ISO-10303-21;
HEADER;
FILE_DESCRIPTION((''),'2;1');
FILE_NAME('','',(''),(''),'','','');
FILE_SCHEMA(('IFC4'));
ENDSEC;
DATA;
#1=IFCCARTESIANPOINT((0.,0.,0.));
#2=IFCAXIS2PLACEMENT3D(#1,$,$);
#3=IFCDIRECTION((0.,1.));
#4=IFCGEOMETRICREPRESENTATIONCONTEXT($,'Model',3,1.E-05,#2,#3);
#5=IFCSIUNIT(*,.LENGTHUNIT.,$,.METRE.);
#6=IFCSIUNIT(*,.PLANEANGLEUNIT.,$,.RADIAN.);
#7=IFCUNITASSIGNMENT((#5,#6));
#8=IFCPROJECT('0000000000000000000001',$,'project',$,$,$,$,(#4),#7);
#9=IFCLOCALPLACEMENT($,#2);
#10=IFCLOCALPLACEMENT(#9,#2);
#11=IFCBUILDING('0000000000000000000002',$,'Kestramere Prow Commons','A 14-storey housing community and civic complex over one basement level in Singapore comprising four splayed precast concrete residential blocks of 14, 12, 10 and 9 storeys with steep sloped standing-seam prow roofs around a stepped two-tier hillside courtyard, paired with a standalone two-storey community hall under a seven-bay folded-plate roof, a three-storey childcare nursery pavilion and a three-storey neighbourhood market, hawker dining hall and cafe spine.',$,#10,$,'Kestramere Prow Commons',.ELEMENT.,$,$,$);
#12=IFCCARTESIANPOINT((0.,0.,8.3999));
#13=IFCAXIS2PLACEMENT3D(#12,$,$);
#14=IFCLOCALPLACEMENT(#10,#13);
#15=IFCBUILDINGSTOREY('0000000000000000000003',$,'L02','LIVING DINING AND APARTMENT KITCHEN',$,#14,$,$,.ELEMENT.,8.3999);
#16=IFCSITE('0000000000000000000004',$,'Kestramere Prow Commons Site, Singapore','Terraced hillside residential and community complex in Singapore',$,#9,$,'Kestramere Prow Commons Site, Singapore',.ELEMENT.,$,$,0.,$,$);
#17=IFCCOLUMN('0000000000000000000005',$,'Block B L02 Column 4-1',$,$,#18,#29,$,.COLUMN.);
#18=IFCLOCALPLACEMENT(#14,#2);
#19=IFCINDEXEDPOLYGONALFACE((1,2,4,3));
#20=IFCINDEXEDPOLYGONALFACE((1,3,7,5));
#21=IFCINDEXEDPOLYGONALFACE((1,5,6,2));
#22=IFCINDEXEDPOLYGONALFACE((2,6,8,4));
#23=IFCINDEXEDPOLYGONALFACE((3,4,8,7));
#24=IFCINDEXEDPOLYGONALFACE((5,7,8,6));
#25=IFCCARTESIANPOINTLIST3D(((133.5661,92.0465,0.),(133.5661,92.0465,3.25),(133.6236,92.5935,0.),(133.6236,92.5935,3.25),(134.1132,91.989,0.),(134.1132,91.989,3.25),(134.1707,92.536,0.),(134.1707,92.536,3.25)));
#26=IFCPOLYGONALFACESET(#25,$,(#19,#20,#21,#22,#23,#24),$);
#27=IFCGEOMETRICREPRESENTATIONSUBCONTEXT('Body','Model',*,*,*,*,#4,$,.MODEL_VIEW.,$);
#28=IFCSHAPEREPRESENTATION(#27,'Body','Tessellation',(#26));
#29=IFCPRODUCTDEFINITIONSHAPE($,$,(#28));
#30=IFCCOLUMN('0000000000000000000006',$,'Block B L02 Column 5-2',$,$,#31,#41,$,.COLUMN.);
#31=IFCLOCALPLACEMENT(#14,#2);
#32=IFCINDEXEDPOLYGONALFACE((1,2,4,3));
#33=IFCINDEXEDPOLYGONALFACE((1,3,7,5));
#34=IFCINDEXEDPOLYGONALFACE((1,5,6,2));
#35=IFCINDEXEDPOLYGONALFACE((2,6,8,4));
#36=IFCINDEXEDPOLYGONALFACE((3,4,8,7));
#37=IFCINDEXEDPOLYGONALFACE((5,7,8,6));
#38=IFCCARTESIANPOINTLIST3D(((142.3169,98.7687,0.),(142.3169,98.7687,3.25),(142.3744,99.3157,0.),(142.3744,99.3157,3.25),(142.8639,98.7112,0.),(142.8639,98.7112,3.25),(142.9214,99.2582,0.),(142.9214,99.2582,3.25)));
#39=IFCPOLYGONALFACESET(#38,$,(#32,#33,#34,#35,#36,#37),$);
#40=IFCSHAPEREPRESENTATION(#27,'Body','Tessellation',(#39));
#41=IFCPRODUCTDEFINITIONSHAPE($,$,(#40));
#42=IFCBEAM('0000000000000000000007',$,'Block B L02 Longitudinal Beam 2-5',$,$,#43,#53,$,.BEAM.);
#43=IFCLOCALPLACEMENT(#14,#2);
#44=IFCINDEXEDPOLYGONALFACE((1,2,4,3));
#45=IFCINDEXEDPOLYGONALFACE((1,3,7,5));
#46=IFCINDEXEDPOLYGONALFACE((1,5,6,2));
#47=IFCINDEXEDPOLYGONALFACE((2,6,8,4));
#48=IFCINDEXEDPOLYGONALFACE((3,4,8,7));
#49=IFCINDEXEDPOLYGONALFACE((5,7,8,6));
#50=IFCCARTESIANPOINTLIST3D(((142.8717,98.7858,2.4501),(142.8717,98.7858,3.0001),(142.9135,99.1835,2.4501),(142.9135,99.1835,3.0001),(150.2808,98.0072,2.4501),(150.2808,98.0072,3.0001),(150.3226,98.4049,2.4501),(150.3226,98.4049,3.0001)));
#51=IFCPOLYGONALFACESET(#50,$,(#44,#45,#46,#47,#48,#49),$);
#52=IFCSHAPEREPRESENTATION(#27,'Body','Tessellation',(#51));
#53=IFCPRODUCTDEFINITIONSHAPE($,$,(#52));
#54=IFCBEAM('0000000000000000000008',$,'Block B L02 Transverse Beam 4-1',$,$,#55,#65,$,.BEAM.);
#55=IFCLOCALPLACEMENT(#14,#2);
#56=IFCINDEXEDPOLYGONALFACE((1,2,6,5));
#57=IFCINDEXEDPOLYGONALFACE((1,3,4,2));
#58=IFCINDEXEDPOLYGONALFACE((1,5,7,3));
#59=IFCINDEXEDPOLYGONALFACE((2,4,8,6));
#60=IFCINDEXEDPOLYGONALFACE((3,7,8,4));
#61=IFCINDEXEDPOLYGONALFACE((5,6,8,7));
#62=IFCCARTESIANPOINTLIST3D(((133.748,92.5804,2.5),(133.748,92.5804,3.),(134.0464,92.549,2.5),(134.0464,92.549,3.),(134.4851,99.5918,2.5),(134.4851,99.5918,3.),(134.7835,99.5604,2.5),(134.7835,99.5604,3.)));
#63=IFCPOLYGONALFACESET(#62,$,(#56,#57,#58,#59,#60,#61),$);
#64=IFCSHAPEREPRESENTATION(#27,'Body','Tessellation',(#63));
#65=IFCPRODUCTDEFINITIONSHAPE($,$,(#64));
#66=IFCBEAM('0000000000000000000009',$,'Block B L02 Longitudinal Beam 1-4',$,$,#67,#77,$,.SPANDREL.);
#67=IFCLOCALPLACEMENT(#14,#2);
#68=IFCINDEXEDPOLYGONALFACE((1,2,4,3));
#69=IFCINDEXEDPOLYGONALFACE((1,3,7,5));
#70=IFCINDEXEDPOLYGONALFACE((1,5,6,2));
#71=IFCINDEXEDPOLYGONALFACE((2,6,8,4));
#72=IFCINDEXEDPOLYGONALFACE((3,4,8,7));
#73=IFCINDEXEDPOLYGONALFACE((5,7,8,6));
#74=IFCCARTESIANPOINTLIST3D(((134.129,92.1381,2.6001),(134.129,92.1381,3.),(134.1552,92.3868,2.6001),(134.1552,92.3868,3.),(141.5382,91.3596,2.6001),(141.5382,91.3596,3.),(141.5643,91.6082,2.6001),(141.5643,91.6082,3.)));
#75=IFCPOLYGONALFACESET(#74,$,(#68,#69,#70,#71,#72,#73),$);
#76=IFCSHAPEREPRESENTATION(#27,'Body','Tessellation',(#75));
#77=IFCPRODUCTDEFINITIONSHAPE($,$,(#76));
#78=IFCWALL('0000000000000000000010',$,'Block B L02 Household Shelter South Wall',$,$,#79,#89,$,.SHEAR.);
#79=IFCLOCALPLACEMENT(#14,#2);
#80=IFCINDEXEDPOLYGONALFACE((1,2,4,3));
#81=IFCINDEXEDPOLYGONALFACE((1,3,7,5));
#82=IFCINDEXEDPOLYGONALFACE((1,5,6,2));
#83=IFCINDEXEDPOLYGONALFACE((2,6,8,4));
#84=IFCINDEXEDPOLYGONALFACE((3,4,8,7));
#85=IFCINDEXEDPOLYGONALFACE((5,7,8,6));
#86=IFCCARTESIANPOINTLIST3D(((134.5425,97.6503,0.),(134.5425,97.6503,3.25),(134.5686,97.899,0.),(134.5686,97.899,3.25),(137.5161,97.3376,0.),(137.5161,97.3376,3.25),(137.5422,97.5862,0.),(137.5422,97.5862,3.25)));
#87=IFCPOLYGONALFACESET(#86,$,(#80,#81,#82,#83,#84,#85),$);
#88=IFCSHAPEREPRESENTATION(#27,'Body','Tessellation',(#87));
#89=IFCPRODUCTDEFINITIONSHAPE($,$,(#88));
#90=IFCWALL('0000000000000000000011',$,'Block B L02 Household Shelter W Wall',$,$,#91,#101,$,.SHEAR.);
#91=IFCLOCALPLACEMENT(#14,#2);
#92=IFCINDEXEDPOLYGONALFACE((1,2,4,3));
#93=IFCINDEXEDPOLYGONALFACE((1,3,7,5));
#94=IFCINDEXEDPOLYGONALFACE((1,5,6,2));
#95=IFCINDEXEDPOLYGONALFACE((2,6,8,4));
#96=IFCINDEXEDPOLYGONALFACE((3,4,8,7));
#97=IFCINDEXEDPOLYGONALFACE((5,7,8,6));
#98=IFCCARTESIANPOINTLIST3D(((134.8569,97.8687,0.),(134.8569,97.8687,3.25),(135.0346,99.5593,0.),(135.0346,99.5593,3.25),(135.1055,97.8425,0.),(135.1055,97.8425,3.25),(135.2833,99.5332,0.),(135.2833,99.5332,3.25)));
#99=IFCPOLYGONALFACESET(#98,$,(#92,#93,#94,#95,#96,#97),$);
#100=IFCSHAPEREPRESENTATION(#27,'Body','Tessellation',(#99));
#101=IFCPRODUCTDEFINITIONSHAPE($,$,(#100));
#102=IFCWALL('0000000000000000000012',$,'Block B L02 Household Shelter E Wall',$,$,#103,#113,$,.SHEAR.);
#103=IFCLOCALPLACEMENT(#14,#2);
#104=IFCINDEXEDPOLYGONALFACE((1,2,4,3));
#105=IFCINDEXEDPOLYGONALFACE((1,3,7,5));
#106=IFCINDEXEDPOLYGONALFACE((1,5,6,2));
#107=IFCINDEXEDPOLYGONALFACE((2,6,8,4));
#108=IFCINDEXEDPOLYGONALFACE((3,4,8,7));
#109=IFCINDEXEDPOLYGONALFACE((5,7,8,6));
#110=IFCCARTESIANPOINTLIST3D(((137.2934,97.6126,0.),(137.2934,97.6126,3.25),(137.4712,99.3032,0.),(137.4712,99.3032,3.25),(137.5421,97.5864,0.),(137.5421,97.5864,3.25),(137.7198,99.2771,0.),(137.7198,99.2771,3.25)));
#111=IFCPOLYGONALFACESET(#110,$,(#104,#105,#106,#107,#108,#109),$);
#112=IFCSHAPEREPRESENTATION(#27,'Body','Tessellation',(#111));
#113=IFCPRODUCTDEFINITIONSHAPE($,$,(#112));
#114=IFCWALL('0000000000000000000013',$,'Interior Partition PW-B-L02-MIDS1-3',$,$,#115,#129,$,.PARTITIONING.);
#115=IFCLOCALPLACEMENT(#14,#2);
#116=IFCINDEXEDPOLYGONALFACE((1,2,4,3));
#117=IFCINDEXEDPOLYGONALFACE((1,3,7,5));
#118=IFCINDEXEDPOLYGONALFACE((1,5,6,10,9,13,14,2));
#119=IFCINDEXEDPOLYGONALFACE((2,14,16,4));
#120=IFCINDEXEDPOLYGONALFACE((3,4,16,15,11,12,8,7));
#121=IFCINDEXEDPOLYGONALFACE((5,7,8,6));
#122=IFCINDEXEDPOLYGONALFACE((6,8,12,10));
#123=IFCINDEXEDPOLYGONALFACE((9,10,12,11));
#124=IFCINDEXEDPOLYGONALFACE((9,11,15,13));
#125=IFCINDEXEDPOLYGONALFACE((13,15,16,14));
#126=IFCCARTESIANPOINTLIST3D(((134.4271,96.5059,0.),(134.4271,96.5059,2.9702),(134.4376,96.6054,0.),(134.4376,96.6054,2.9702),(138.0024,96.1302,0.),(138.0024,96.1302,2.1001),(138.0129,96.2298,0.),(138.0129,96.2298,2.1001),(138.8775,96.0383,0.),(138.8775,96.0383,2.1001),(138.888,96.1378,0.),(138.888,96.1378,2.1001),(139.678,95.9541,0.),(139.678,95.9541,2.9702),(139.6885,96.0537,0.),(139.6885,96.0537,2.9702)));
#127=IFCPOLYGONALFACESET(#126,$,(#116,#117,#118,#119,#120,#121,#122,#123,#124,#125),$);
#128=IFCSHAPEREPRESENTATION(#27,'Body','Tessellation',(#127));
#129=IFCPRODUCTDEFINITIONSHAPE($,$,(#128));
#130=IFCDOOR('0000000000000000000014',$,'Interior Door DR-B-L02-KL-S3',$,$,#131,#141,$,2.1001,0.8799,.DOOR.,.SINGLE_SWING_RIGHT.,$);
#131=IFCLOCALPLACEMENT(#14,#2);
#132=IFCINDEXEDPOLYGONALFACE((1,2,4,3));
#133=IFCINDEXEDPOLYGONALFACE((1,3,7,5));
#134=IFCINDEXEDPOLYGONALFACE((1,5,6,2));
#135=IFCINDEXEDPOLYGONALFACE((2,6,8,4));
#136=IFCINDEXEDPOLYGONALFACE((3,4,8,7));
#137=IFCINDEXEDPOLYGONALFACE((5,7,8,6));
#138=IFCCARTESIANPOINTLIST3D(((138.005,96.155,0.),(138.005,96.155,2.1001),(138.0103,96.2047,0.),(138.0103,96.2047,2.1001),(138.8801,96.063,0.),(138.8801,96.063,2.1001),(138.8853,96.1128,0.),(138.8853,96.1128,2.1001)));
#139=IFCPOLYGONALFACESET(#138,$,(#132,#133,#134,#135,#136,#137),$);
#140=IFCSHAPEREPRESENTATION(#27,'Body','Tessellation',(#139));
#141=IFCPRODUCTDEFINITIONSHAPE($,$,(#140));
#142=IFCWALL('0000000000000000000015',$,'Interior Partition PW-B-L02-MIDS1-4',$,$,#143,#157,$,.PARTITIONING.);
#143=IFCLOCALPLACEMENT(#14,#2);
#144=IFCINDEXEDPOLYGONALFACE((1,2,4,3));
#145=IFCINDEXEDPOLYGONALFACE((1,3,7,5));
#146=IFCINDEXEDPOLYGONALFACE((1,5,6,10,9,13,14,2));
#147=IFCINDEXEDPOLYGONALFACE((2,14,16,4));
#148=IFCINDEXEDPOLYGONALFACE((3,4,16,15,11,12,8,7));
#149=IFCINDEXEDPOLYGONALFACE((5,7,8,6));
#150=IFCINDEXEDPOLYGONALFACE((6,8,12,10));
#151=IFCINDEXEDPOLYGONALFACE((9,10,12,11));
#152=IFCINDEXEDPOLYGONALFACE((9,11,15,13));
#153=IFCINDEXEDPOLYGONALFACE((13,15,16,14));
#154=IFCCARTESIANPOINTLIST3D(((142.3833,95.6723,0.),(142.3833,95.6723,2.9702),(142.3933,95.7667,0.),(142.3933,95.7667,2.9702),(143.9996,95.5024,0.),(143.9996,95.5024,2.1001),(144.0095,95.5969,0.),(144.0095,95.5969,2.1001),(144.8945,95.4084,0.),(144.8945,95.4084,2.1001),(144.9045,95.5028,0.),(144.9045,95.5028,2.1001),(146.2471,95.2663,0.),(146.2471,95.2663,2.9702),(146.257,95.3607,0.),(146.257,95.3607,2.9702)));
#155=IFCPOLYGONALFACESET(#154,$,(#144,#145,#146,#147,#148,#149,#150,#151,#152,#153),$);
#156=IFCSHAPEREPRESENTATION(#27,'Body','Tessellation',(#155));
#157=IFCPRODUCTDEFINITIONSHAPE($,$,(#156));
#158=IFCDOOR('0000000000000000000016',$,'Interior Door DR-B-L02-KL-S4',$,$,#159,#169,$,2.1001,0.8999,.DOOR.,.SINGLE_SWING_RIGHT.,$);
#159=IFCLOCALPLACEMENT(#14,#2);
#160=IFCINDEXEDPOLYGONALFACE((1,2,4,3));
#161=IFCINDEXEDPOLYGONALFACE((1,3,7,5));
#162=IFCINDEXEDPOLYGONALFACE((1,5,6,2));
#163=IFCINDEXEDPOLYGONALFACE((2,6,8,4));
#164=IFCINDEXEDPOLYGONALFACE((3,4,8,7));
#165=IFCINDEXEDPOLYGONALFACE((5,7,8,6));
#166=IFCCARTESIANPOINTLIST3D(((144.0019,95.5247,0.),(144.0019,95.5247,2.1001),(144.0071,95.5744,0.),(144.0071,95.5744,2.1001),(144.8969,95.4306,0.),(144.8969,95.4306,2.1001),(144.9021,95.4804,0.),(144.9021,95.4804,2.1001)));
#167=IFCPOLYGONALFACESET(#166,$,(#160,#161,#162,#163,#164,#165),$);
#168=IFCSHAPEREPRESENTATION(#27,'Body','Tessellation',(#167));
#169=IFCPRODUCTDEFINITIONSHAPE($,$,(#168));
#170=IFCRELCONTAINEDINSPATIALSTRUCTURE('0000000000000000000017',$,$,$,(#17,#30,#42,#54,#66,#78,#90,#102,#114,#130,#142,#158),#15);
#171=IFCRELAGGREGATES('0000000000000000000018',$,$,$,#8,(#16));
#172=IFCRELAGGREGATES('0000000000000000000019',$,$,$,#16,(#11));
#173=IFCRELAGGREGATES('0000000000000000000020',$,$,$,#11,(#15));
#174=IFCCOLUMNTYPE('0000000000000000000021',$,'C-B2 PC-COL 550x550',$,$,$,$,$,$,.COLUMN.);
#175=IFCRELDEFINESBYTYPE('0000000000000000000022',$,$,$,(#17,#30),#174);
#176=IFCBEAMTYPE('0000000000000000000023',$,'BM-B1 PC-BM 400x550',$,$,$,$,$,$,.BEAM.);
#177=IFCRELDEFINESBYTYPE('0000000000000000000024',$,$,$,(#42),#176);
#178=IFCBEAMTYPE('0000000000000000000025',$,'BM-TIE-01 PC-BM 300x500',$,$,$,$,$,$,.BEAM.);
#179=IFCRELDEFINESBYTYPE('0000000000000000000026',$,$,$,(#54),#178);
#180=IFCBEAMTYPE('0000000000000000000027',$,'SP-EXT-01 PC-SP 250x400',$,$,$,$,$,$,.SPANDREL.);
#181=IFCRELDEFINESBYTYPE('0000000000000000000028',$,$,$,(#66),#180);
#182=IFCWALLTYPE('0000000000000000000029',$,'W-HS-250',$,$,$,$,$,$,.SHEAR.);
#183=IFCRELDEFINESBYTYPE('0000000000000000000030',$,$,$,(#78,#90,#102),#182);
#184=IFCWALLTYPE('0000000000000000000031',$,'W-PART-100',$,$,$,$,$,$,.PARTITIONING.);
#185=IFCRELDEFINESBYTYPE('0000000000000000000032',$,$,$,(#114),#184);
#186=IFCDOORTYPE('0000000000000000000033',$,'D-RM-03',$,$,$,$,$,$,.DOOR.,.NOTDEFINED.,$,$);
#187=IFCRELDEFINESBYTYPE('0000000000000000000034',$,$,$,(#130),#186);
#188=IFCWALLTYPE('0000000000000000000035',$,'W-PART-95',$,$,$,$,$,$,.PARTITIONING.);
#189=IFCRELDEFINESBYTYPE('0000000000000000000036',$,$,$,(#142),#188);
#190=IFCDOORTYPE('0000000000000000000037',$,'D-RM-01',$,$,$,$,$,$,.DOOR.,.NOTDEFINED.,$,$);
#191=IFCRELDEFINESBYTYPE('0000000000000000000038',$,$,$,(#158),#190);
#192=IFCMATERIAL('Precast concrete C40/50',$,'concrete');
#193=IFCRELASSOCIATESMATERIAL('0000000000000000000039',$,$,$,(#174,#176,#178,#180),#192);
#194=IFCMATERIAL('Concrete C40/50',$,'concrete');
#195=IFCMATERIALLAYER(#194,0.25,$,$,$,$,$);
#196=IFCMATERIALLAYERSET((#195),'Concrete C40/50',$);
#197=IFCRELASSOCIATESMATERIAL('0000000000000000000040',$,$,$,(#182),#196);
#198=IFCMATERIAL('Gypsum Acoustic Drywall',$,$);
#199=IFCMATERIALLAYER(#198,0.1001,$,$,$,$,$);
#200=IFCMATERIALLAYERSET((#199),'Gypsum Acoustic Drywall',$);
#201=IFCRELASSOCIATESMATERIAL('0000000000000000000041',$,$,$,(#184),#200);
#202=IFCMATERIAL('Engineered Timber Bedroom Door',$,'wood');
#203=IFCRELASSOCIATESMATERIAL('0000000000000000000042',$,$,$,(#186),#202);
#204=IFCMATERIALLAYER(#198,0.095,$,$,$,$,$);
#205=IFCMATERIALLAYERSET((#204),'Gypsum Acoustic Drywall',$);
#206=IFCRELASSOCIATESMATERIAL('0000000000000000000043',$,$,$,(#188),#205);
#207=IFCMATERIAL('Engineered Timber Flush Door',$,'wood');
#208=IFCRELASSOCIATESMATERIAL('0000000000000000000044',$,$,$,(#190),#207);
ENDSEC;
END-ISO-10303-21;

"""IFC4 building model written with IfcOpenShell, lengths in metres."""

from ifc_helpers import new_model, si_unit, direction, frame, frame_2d, origin, origin_2d, place, context, subcontext, project, spatial, rectangle, extrude, material, layer, layer_set, material_profile, profile_set, type_object, element, fill, save


model = new_model("IFC4")

# Units and contexts
model_context = context("Model", 3, precision=1e-05, world=origin(), true_north=direction((0.0, 1.0)))
body_context = subcontext(model_context, "Body", "Model", "MODEL_VIEW")
ifc_project = project(units=[si_unit("LENGTHUNIT", "METRE"), si_unit("PLANEANGLEUNIT", "RADIAN")], contexts=[model_context])

# Site, building, storey
site_placement = place(None, origin())
site = spatial("IfcSite", under=ifc_project, at=site_placement, Name="Kestramere Prow Commons Site, Singapore", Description="Terraced hillside residential and community complex in Singapore", LongName="Kestramere Prow Commons Site, Singapore", CompositionType="ELEMENT", RefElevation=0.0)
building_placement = place(site_placement, origin())
building = spatial("IfcBuilding", under=site, at=building_placement, Name="Kestramere Prow Commons", Description="A 14-storey housing community and civic complex over one basement level in Singapore comprising four splayed precast concrete residential blocks of 14, 12, 10 and 9 storeys with steep sloped standing-seam prow roofs around a stepped two-tier hillside courtyard, paired with a standalone two-storey community hall under a seven-bay folded-plate roof, a three-storey childcare nursery pavilion and a three-storey neighbourhood market, hawker dining hall and cafe spine.", LongName="Kestramere Prow Commons", CompositionType="ELEMENT")
storey_placement = place(building_placement, frame((0.0, 0.0, 8.3999)))
storey = spatial("IfcBuildingStorey", under=building, at=storey_placement, Name="L02", Description="LIVING DINING AND APARTMENT KITCHEN", CompositionType="ELEMENT", Elevation=8.3999)

# Columns
ifc_material_1 = material(Name="Precast concrete C40/50", Category="concrete")
ifc_material_profile_1 = material_profile(ifc_material_1, rectangle(XDim=0.55, YDim=0.55, at=origin_2d()), Name="PC-COL 550x550")
ifc_profile_set_1 = profile_set([ifc_material_profile_1], Name="Precast concrete C40/50")
column_type = type_object("IfcColumnType", Name="C-B2 PC-COL 550x550", PredefinedType="COLUMN", material=ifc_profile_set_1)
for number, where, z_axis, x_axis, name in (
    (1, (133.8684, 92.2913, 0.0), (0.0, 0.0, 1.0), (0.994522, -0.104528, 0.0), "Block B L02 Column 4-1"),
    (2, (142.6191, 99.0134, 0.0), (0.0, 0.0, 1.0), (0.994522, -0.104528, 0.0), "Block B L02 Column 5-2"),
):
    element("IfcColumn", number, at=place(storey_placement, frame(where, z_axis=z_axis, x_axis=x_axis)), inside=storey, type_object=column_type, Name=name, PredefinedType="COLUMN", context=body_context, shape_type="SweptSolid", body=[
        extrude(rectangle(XDim=0.55, YDim=0.55, at=origin_2d()), origin(), (0.0, 0.0, 1.0), 3.25),
    ])

# Beams
ifc_material_profile_2 = material_profile(ifc_material_1, rectangle(XDim=0.3999, YDim=0.55, at=origin_2d()), Name="PC-BM 400x550")
ifc_profile_set_2 = profile_set([ifc_material_profile_2], Name="Precast concrete C40/50")
beam_type_1 = type_object("IfcBeamType", Name="BM-B1 PC-BM 400x550", PredefinedType="BEAM", material=ifc_profile_set_2)
beam_1_placement = place(storey_placement, frame((142.8926, 98.9846, 2.7251), z_axis=(0.994524, -0.104506, 0.0), x_axis=(0.104506, 0.994524, 0.0)))
element("IfcBeam", 3, at=beam_1_placement, inside=storey, type_object=beam_type_1, Name="Block B L02 Longitudinal Beam 2-5", PredefinedType="BEAM", context=body_context, shape_type="SweptSolid", body=[
    extrude(rectangle(XDim=0.3999, YDim=0.55, at=origin_2d()), origin(), (0.0, 0.0, 1.0), 7.45),
])
ifc_material_profile_3 = material_profile(ifc_material_1, rectangle(XDim=0.3, YDim=0.5, at=origin_2d()), Name="PC-BM 300x500")
ifc_profile_set_3 = profile_set([ifc_material_profile_3], Name="Precast concrete C40/50")
beam_type_2 = type_object("IfcBeamType", Name="BM-TIE-01 PC-BM 300x500", PredefinedType="BEAM", material=ifc_profile_set_3)
beam_2_placement = place(storey_placement, frame((133.8972, 92.5647, 2.75), z_axis=(0.104546, 0.99452, 0.0), x_axis=(-0.99452, 0.104546, 0.0)))
element("IfcBeam", 4, at=beam_2_placement, inside=storey, type_object=beam_type_2, Name="Block B L02 Transverse Beam 4-1", PredefinedType="BEAM", context=body_context, shape_type="SweptSolid", body=[
    extrude(rectangle(XDim=0.3, YDim=0.5, at=origin_2d()), origin(), (0.0, 0.0, 1.0), 7.05),
])
ifc_material_profile_4 = material_profile(ifc_material_1, rectangle(XDim=0.25, YDim=0.3999, at=origin_2d()), Name="PC-SP 250x400")
ifc_profile_set_4 = profile_set([ifc_material_profile_4], Name="Precast concrete C40/50")
beam_type_3 = type_object("IfcBeamType", Name="SP-EXT-01 PC-SP 250x400", PredefinedType="SPANDREL", material=ifc_profile_set_4)
beam_3_placement = place(storey_placement, frame((134.1421, 92.2625, 2.8), z_axis=(0.994524, -0.104506, 0.0), x_axis=(0.104506, 0.994524, 0.0)))
element("IfcBeam", 5, at=beam_3_placement, inside=storey, type_object=beam_type_3, Name="Block B L02 Longitudinal Beam 1-4", PredefinedType="SPANDREL", context=body_context, shape_type="SweptSolid", body=[
    extrude(rectangle(XDim=0.25, YDim=0.3999, at=origin_2d()), origin(), (0.0, 0.0, 1.0), 7.45),
])

# Walls
ifc_material_2 = material(Name="Concrete C40/50", Category="concrete")
ifc_layer_1 = layer(ifc_material_2, 0.25)
ifc_layer_set_1 = layer_set([ifc_layer_1], Name="Concrete C40/50")
wall_type_1 = type_object("IfcWallType", Name="W-HS-250", PredefinedType="SHEAR", material=ifc_layer_set_1)
wall_1_placement = place(storey_placement, frame((134.5554, 97.7747, 0.0), z_axis=(0.0, 0.0, 1.0), x_axis=(0.994515, -0.104596, 0.0)))
element("IfcWall", 6, at=wall_1_placement, inside=storey, type_object=wall_type_1, Name="Block B L02 Household Shelter South Wall", PredefinedType="SHEAR", context=body_context, shape_type="SweptSolid", body=[
    extrude(rectangle(XDim=2.99, YDim=0.25, at=frame_2d((1.4951, 0.0))), origin(), (0.0, 0.0, 1.0), 3.25),
])
for number, where, z_axis, x_axis, name in (
    (7, (134.9812, 97.8555, 0.0), (0.0, 0.0, 1.0), (0.10455, 0.99452, 0.0), "Block B L02 Household Shelter W Wall"),
    (8, (137.4177, 97.5994, 0.0), (0.0, 0.0, 1.0), (0.10455, 0.99452, 0.0), "Block B L02 Household Shelter E Wall"),
):
    element("IfcWall", number, at=place(storey_placement, frame(where, z_axis=z_axis, x_axis=x_axis)), inside=storey, type_object=wall_type_1, Name=name, PredefinedType="SHEAR", context=body_context, shape_type="SweptSolid", body=[
        extrude(rectangle(XDim=1.7, YDim=0.25, at=frame_2d((0.8501, 0.0))), origin(), (0.0, 0.0, 1.0), 3.25),
    ])

# Walls, openings, doors
ifc_material_3 = material(Name="Gypsum Acoustic Drywall")
ifc_layer_2 = layer(ifc_material_3, 0.1001)
ifc_layer_set_2 = layer_set([ifc_layer_2], Name="Gypsum Acoustic Drywall")
wall_type_2 = type_object("IfcWallType", Name="W-PART-100", PredefinedType="PARTITIONING", material=ifc_layer_set_2)
wall_2_placement = place(storey_placement, frame((134.4324, 96.5557, 0.0), z_axis=(0.0, 0.0, 1.0), x_axis=(0.994525, -0.104502, 0.0)))
wall_2 = element("IfcWall", 9, at=wall_2_placement, inside=storey, type_object=wall_type_2, Name="Interior Partition PW-B-L02-MIDS1-3", PredefinedType="PARTITIONING", context=body_context, shape_type="SweptSolid", body=[
    extrude(rectangle(XDim=5.2798, YDim=0.1001, at=frame_2d((2.6399, 0.0))), origin(), (0.0, 0.0, 1.0), 2.9702),
])
opening_1_placement = place(wall_2_placement, frame((3.595, 0.0, 0.0)))
opening_1 = element("IfcOpeningElement", 10, at=opening_1_placement, cuts=wall_2, PredefinedType="OPENING", context=body_context, shape_type="SweptSolid", body=[
    extrude(rectangle(XDim=0.8799, YDim=2.1001, at=frame_2d((0.4399, 1.05))), frame((0.0, 0.0649, 0.0), z_axis=(0.0, -1.0, 0.0), x_axis=(1.0, 0.0, 0.0)), (0.0, 0.0, 1.0), 0.1301),
])
ifc_material_4 = material(Name="Engineered Timber Bedroom Door", Category="wood")
door_type_1 = type_object("IfcDoorType", Name="D-RM-03", OperationType="NOTDEFINED", PredefinedType="DOOR", material=ifc_material_4)
door_1_placement = place(opening_1_placement, origin())
door_1 = element("IfcDoor", 11, at=door_1_placement, inside=storey, type_object=door_type_1, Name="Interior Door DR-B-L02-KL-S3", OperationType="SINGLE_SWING_RIGHT", OverallHeight=2.1001, OverallWidth=0.8799, PredefinedType="DOOR", context=body_context, shape_type="SweptSolid", body=[
    extrude(rectangle(XDim=0.8799, YDim=2.1001, at=frame_2d((0.4399, 1.05))), frame((0.0, 0.0249, 0.0), z_axis=(0.0, -1.0, 0.0), x_axis=(1.0, 0.0, 0.0)), (0.0, 0.0, 1.0), 0.05),
])
fill(opening_1, door_1)
ifc_layer_3 = layer(ifc_material_3, 0.095)
ifc_layer_set_3 = layer_set([ifc_layer_3], Name="Gypsum Acoustic Drywall")
wall_type_3 = type_object("IfcWallType", Name="W-PART-95", PredefinedType="PARTITIONING", material=ifc_layer_set_3)
wall_3_placement = place(storey_placement, frame((142.3884, 95.7195, 0.0), z_axis=(0.0, 0.0, 1.0), x_axis=(0.994524, -0.104505, 0.0)))
wall_3 = element("IfcWall", 12, at=wall_3_placement, inside=storey, type_object=wall_type_3, Name="Interior Partition PW-B-L02-MIDS1-4", PredefinedType="PARTITIONING", context=body_context, shape_type="SweptSolid", body=[
    extrude(rectangle(XDim=3.885, YDim=0.095, at=frame_2d((1.9424, 0.0))), origin(), (0.0, 0.0, 1.0), 2.9702),
])
opening_2_placement = place(wall_3_placement, frame((1.625, 0.0, 0.0)))
opening_2 = element("IfcOpeningElement", 13, at=opening_2_placement, cuts=wall_3, PredefinedType="OPENING", context=body_context, shape_type="SweptSolid", body=[
    extrude(rectangle(XDim=0.8999, YDim=2.1001, at=frame_2d((0.45, 1.05))), frame((0.0, 0.0625, 0.0), z_axis=(0.0, -1.0, 0.0), x_axis=(1.0, 0.0, 0.0)), (0.0, 0.0, 1.0), 0.125),
])
ifc_material_5 = material(Name="Engineered Timber Flush Door", Category="wood")
door_type_2 = type_object("IfcDoorType", Name="D-RM-01", OperationType="NOTDEFINED", PredefinedType="DOOR", material=ifc_material_5)
door_2_placement = place(opening_2_placement, origin())
door_2 = element("IfcDoor", 14, at=door_2_placement, inside=storey, type_object=door_type_2, Name="Interior Door DR-B-L02-KL-S4", OperationType="SINGLE_SWING_RIGHT", OverallHeight=2.1001, OverallWidth=0.8999, PredefinedType="DOOR", context=body_context, shape_type="SweptSolid", body=[
    extrude(rectangle(XDim=0.8999, YDim=2.1001, at=frame_2d((0.45, 1.05))), frame((0.0, 0.0249, 0.0), z_axis=(0.0, -1.0, 0.0), x_axis=(1.0, 0.0, 0.0)), (0.0, 0.0, 1.0), 0.05),
])
fill(opening_2, door_2)

save(model, "model.ifc")
